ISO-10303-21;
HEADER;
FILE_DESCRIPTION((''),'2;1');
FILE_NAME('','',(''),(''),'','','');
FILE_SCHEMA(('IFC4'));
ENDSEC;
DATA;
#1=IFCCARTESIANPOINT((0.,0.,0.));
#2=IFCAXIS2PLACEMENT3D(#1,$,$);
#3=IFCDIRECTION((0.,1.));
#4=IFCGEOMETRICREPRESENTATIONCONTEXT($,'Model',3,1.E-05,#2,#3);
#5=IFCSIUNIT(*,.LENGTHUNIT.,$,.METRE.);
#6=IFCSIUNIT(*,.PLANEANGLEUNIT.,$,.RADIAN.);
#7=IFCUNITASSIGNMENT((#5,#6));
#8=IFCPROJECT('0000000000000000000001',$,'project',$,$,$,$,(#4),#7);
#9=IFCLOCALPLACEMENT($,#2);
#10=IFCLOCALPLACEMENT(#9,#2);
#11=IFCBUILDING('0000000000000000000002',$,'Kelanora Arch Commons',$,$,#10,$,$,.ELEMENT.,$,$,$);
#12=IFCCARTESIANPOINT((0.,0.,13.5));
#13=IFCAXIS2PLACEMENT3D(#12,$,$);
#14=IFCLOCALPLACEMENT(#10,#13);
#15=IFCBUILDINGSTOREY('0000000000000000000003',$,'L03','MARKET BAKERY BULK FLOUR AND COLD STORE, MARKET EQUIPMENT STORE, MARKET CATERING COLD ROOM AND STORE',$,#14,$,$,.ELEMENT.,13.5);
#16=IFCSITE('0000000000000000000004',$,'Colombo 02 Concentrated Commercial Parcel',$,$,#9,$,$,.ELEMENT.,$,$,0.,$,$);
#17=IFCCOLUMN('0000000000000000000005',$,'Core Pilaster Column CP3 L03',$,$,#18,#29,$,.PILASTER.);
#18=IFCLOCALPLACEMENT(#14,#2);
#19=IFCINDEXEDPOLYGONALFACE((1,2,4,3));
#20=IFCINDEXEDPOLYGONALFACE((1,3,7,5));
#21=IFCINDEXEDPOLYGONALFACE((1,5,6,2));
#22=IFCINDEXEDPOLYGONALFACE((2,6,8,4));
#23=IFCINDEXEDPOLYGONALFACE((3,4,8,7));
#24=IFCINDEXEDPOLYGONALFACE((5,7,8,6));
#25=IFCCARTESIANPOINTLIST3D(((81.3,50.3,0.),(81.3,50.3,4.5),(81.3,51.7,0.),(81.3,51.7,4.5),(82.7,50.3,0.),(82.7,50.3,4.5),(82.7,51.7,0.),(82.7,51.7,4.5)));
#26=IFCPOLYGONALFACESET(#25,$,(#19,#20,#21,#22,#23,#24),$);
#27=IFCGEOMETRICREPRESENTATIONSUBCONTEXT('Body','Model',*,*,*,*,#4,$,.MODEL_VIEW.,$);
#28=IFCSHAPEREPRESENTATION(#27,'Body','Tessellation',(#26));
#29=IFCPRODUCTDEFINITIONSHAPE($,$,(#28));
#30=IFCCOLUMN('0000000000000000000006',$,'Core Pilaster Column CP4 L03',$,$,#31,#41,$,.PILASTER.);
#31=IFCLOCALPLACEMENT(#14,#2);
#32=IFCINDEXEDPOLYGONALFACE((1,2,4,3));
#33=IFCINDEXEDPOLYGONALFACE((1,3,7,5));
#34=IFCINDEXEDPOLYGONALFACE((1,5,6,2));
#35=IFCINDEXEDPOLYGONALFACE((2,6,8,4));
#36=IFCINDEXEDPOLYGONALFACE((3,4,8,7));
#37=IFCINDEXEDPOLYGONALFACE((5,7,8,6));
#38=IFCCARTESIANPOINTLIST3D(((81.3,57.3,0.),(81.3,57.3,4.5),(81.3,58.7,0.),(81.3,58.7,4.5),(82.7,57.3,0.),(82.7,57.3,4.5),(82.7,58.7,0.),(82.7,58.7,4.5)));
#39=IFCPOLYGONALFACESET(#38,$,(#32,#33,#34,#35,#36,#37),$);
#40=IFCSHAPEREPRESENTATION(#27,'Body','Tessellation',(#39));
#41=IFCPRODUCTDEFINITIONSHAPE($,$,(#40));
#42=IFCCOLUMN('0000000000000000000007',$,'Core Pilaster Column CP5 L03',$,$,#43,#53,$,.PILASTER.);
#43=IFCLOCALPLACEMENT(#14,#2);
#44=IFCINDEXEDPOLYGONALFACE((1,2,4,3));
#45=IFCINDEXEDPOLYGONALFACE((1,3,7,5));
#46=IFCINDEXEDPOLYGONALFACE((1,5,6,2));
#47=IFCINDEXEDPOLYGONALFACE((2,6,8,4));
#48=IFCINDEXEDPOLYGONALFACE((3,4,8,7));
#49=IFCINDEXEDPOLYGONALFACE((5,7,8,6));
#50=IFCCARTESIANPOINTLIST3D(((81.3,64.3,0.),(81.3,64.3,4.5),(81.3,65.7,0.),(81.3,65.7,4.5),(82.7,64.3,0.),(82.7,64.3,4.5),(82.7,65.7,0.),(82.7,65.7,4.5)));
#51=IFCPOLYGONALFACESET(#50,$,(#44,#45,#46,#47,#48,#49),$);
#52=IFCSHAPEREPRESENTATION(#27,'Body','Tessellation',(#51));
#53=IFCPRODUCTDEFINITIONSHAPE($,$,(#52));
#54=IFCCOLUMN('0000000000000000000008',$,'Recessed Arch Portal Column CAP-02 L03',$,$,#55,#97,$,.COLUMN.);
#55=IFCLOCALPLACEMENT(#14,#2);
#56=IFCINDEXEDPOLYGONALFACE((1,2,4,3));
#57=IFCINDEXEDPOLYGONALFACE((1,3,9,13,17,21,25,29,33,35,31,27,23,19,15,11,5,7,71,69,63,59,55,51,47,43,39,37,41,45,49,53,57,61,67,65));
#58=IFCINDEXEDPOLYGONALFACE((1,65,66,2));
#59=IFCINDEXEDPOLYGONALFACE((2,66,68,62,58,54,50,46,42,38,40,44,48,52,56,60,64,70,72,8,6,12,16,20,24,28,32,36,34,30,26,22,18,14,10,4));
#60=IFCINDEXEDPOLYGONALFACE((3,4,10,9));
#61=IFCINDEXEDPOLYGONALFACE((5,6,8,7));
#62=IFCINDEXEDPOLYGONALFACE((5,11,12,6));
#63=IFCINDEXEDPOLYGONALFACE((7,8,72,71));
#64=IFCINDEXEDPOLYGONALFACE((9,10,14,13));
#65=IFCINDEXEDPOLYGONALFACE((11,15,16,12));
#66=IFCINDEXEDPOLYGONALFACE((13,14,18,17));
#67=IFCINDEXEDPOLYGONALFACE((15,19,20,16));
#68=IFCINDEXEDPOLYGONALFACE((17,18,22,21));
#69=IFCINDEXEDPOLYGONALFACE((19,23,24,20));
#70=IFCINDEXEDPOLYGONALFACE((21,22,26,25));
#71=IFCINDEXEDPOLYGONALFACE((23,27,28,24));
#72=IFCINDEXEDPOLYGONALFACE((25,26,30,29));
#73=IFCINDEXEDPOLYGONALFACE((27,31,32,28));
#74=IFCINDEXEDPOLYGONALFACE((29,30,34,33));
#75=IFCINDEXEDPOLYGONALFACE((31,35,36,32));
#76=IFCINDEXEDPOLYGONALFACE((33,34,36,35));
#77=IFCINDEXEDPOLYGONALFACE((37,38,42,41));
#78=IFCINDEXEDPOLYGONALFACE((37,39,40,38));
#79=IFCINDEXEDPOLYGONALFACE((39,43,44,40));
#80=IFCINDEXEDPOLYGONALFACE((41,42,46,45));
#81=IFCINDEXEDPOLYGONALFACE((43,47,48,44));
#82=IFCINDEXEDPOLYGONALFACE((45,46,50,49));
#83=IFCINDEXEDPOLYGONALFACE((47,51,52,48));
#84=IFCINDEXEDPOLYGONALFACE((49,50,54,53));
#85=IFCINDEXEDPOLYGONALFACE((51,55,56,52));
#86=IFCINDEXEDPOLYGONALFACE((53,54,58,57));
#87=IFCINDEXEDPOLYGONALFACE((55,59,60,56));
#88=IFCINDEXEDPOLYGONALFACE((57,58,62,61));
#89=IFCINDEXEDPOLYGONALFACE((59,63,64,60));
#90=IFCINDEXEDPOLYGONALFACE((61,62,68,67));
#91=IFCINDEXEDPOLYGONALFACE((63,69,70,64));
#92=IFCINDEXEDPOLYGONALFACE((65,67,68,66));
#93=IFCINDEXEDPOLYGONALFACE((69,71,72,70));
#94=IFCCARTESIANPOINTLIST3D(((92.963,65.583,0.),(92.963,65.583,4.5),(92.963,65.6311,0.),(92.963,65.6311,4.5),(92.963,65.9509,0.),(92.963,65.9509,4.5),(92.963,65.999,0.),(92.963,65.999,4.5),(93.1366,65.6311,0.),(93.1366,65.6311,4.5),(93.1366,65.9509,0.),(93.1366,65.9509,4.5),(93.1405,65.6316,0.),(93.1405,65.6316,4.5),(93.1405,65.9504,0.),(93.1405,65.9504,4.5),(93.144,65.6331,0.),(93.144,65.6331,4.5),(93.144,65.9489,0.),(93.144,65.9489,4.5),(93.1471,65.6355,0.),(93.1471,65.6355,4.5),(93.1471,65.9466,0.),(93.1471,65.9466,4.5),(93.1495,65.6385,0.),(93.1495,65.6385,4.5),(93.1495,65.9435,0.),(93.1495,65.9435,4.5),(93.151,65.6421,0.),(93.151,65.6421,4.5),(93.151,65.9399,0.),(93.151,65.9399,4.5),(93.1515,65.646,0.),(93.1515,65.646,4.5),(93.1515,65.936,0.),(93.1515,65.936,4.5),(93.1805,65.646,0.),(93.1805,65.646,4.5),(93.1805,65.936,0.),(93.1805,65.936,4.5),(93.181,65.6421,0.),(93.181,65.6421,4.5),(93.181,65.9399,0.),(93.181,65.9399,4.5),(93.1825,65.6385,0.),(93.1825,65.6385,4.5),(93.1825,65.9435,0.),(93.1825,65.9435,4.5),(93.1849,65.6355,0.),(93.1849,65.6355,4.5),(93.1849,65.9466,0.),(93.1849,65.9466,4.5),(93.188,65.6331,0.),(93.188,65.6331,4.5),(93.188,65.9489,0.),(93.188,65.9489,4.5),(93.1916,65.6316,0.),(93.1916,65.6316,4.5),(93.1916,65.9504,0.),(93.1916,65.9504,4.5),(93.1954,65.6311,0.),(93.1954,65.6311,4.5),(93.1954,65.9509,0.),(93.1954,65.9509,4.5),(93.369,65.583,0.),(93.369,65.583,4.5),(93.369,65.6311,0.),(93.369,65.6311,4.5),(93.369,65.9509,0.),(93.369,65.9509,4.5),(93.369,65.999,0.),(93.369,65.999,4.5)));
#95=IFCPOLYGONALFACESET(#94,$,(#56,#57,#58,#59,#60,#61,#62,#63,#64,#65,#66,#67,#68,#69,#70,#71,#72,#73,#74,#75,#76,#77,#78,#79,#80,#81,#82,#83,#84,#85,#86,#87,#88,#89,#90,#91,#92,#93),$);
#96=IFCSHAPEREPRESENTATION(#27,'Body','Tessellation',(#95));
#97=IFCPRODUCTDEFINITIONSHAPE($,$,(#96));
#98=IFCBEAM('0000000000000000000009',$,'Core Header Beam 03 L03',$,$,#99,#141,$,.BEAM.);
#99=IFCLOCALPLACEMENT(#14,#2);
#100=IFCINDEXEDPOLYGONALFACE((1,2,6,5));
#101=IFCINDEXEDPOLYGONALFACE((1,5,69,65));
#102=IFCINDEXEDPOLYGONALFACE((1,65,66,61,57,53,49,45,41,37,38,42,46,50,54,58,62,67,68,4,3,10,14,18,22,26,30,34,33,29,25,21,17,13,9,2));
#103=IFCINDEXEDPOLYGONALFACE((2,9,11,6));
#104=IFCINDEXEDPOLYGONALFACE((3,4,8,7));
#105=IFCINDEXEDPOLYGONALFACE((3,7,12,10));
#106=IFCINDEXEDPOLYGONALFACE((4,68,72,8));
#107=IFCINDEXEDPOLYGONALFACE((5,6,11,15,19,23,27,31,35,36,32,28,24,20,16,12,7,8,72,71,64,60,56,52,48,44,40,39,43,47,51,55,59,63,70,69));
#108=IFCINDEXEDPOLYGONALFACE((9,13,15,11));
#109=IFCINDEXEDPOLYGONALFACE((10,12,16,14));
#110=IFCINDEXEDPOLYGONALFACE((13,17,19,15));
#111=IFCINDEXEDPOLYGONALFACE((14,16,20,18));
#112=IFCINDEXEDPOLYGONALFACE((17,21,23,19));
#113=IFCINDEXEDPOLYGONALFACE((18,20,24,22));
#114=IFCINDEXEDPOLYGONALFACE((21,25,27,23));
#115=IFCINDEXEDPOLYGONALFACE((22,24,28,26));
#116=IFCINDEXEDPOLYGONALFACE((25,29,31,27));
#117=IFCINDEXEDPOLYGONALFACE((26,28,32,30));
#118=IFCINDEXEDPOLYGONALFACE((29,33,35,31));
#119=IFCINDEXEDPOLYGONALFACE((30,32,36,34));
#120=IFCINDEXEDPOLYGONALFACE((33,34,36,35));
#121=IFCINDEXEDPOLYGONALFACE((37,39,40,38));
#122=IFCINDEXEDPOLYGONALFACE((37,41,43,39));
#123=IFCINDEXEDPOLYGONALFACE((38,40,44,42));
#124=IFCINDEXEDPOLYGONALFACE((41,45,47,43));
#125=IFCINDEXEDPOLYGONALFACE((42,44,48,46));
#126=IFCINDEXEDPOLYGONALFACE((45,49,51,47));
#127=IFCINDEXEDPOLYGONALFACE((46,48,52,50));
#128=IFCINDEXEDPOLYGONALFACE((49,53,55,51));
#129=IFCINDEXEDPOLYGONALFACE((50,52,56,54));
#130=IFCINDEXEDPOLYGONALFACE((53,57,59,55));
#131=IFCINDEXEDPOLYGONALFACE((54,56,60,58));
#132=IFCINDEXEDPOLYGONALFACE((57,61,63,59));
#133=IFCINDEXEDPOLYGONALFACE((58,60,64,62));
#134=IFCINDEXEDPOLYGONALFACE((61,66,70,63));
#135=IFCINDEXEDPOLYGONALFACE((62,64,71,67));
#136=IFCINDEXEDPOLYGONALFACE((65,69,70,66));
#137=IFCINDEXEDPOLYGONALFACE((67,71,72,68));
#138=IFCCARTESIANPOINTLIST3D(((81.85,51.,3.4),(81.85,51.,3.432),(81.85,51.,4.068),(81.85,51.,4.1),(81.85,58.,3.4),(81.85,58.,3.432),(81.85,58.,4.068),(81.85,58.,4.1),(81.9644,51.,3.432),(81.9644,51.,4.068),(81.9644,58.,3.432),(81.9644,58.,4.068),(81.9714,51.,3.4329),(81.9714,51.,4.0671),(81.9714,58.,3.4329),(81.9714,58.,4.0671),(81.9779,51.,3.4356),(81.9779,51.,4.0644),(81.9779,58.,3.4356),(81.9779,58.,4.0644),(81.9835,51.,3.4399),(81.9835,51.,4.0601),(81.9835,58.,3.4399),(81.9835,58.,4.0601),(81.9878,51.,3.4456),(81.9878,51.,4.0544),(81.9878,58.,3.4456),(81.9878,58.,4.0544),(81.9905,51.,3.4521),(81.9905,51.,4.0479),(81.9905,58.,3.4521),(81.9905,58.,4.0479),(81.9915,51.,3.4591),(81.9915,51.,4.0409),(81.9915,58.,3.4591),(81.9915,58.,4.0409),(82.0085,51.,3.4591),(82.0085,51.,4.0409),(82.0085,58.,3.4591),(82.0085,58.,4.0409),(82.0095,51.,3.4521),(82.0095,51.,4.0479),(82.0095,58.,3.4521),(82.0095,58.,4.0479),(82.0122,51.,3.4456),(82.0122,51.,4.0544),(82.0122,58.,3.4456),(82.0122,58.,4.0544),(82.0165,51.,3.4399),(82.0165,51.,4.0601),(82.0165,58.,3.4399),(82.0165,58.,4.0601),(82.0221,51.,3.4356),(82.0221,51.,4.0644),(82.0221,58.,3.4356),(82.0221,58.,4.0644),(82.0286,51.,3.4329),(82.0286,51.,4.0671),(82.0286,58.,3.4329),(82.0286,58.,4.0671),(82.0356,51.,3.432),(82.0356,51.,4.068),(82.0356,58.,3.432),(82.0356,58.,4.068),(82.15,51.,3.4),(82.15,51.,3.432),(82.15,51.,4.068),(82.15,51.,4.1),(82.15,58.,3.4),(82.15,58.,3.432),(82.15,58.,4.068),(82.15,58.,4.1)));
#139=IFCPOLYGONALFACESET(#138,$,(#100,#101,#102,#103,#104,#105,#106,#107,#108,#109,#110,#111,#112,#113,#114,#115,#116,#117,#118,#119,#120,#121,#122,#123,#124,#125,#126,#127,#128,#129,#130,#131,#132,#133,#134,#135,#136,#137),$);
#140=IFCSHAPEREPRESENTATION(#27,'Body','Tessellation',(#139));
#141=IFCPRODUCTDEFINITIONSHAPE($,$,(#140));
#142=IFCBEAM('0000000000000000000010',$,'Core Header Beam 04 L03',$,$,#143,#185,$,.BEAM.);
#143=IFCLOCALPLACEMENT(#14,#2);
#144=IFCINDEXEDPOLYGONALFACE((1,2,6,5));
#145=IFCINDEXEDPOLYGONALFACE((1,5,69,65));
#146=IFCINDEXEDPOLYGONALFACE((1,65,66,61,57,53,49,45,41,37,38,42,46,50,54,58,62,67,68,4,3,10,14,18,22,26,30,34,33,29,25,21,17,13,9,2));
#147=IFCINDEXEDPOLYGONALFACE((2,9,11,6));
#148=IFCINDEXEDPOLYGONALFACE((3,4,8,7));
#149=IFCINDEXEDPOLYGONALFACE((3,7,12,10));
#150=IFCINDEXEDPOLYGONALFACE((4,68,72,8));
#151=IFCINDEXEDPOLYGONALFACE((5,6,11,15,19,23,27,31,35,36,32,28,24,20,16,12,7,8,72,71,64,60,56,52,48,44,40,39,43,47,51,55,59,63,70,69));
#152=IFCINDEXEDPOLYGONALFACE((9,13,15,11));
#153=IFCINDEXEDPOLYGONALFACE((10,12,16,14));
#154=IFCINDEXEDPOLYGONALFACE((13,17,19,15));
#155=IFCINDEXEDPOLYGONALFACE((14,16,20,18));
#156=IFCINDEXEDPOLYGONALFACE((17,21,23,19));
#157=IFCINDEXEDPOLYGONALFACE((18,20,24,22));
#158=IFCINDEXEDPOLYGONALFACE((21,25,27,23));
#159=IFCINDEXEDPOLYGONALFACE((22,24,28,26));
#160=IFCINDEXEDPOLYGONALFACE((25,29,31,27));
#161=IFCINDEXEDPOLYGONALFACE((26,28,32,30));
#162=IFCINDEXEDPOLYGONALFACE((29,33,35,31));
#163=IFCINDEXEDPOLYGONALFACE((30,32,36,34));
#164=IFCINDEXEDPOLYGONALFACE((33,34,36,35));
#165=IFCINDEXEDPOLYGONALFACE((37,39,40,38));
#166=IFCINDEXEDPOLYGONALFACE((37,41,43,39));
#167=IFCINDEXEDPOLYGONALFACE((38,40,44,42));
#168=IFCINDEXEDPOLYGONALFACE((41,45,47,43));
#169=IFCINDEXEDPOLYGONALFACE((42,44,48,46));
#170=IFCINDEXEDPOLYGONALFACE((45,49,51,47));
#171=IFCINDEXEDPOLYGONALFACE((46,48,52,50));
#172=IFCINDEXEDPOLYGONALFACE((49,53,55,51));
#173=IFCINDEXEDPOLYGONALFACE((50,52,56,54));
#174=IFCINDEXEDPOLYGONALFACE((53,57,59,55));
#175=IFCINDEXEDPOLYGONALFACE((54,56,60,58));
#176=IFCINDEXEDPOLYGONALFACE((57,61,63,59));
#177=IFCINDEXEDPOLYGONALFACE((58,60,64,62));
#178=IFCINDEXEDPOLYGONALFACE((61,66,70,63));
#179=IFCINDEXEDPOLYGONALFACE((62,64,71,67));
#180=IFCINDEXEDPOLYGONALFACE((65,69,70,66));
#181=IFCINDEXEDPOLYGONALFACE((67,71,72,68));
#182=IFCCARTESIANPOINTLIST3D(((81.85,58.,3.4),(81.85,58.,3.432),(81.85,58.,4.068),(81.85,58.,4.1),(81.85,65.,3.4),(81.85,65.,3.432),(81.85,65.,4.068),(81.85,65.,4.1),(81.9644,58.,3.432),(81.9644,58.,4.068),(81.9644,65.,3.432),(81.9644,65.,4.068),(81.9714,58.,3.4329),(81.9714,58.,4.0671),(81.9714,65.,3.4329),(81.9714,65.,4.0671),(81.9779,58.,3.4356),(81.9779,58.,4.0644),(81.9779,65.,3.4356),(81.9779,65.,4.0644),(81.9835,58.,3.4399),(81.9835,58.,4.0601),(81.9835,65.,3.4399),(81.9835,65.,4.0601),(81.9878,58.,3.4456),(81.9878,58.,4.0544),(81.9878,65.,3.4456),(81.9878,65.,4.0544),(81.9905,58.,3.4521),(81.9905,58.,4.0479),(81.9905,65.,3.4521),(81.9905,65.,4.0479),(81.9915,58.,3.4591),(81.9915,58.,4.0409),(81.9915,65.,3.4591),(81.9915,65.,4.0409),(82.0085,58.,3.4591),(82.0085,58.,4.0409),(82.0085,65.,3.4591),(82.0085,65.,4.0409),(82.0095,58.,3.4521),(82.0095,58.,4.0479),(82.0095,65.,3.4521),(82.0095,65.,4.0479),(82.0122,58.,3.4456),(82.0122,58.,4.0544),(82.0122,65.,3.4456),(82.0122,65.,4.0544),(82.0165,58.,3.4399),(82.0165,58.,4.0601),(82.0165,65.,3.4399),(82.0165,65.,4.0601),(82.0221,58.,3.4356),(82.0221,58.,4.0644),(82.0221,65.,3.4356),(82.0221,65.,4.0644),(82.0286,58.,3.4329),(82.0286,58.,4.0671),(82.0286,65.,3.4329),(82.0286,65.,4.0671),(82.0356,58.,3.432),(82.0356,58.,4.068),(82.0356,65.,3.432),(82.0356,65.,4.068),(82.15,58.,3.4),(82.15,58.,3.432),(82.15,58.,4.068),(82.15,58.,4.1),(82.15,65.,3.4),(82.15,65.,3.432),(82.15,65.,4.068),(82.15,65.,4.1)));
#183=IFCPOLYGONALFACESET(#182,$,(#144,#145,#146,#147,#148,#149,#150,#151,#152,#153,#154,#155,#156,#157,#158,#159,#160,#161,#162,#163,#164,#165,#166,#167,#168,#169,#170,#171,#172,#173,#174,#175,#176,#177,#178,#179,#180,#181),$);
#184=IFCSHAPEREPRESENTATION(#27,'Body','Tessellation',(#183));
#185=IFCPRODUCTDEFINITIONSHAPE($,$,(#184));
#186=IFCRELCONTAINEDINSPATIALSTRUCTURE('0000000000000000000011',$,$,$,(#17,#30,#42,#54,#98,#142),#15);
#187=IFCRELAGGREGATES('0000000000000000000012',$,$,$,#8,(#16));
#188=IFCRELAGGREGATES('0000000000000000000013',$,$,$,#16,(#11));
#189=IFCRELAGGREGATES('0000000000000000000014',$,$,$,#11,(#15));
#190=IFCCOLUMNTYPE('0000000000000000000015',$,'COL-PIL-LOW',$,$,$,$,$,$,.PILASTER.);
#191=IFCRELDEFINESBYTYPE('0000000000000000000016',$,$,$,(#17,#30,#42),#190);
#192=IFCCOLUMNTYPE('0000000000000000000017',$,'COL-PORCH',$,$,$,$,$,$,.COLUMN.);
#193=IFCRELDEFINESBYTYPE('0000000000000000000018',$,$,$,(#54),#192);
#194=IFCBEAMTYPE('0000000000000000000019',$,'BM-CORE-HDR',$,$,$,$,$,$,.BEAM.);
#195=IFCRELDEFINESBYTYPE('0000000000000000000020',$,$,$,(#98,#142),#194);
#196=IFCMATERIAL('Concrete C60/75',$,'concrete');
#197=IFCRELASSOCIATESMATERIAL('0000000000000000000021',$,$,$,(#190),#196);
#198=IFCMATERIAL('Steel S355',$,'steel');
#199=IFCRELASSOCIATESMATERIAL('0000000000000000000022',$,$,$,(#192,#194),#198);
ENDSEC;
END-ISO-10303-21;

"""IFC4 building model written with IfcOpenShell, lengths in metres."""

from ifc_helpers import new_model, si_unit, direction, frame, origin, origin_2d, place, context, subcontext, project, spatial, rectangle, i_section, extrude, material, material_profile, profile_set, type_object, element, save


model = new_model("IFC4")

# Units and contexts
model_context = context("Model", 3, precision=1e-05, world=origin(), true_north=direction((0.0, 1.0)))
body_context = subcontext(model_context, "Body", "Model", "MODEL_VIEW")
ifc_project = project(units=[si_unit("LENGTHUNIT", "METRE"), si_unit("PLANEANGLEUNIT", "RADIAN")], contexts=[model_context])

# Site, building, storey
site_placement = place(None, origin())
site = spatial("IfcSite", under=ifc_project, at=site_placement, Name="Colombo 02 Concentrated Commercial Parcel", CompositionType="ELEMENT", RefElevation=0.0)
building_placement = place(site_placement, origin())
building = spatial("IfcBuilding", under=site, at=building_placement, Name="Kelanora Arch Commons", CompositionType="ELEMENT")
storey_placement = place(building_placement, frame((0.0, 0.0, 13.5)))
storey = spatial("IfcBuildingStorey", under=building, at=storey_placement, Name="L03", Description="MARKET BAKERY BULK FLOUR AND COLD STORE, MARKET EQUIPMENT STORE, MARKET CATERING COLD ROOM AND STORE", CompositionType="ELEMENT", Elevation=13.5)

# Columns
ifc_material_1 = material(Name="Concrete C60/75", Category="concrete")
ifc_material_profile_1 = material_profile(ifc_material_1, rectangle(XDim=1.3999, YDim=1.3999, at=origin_2d()), Name="RC1400x1400")
ifc_profile_set_1 = profile_set([ifc_material_profile_1], Name="Concrete C60/75")
column_type_1 = type_object("IfcColumnType", Name="COL-PIL-LOW", PredefinedType="PILASTER", material=ifc_profile_set_1)
for number, where, z_axis, x_axis, name in (
    (1, (82.0, 51.0, 0.0), (0.0, 0.0, 1.0), (1.0, 0.0, 0.0), "Core Pilaster Column CP3 L03"),
    (2, (82.0, 58.0, 0.0), (0.0, 0.0, 1.0), (1.0, 0.0, 0.0), "Core Pilaster Column CP4 L03"),
    (3, (82.0, 65.0, 0.0), (0.0, 0.0, 1.0), (1.0, 0.0, 0.0), "Core Pilaster Column CP5 L03"),
):
    element("IfcColumn", number, at=place(storey_placement, frame(where, z_axis=z_axis, x_axis=x_axis)), inside=storey, type_object=column_type_1, Name=name, PredefinedType="PILASTER", context=body_context, shape_type="SweptSolid", body=[
        extrude(rectangle(XDim=1.3999, YDim=1.3999, at=origin_2d()), origin(), (0.0, 0.0, 1.0), 4.5),
    ])
ifc_material_2 = material(Name="Steel S355", Category="steel")
ifc_material_profile_2 = material_profile(ifc_material_2, i_section(OverallWidth=0.406, OverallDepth=0.416, WebThickness=0.0291, FlangeThickness=0.0481, FilletRadius=0.0149, at=origin_2d()), Name="HD400x382")
ifc_profile_set_2 = profile_set([ifc_material_profile_2], Name="Steel S355")
column_type_2 = type_object("IfcColumnType", Name="COL-PORCH", PredefinedType="COLUMN", material=ifc_profile_set_2)
column_placement = place(storey_placement, frame((93.166, 65.791, 0.0), z_axis=(0.0, 0.0, 1.0), x_axis=(1.0, 0.0, 0.0)))
element("IfcColumn", 4, at=column_placement, inside=storey, type_object=column_type_2, Name="Recessed Arch Portal Column CAP-02 L03", PredefinedType="COLUMN", context=body_context, shape_type="SweptSolid", body=[
    extrude(i_section(OverallWidth=0.406, OverallDepth=0.416, WebThickness=0.0291, FlangeThickness=0.0481, FilletRadius=0.0149, at=origin_2d()), origin(), (0.0, 0.0, 1.0), 4.5),
])

# Beams
ifc_material_profile_3 = material_profile(ifc_material_2, i_section(OverallWidth=0.3, OverallDepth=0.7, WebThickness=0.0171, FlangeThickness=0.032, FilletRadius=0.0271, at=origin_2d()), Name="HEB700")
ifc_profile_set_3 = profile_set([ifc_material_profile_3], Name="Steel S355")
beam_type_1 = type_object("IfcBeamType", Name="BM-CORE-HDR", PredefinedType="BEAM", material=ifc_profile_set_3)
for number, where, z_axis, x_axis, name in (
    (5, (82.0, 51.0, 3.75), (0.0, 1.0, 0.0), (-1.0, 0.0, 0.0), "Core Header Beam 03 L03"),
    (6, (82.0, 58.0, 3.75), (0.0, 1.0, 0.0), (-1.0, 0.0, 0.0), "Core Header Beam 04 L03"),
):
    element("IfcBeam", number, at=place(storey_placement, frame(where, z_axis=z_axis, x_axis=x_axis)), inside=storey, type_object=beam_type_1, Name=name, PredefinedType="BEAM", context=body_context, shape_type="SweptSolid", body=[
        extrude(i_section(OverallWidth=0.3, OverallDepth=0.7, WebThickness=0.0171, FlangeThickness=0.032, FilletRadius=0.0271, at=origin_2d()), origin(), (0.0, 0.0, 1.0), 7.0),
    ])

save(model, "model.ifc")
